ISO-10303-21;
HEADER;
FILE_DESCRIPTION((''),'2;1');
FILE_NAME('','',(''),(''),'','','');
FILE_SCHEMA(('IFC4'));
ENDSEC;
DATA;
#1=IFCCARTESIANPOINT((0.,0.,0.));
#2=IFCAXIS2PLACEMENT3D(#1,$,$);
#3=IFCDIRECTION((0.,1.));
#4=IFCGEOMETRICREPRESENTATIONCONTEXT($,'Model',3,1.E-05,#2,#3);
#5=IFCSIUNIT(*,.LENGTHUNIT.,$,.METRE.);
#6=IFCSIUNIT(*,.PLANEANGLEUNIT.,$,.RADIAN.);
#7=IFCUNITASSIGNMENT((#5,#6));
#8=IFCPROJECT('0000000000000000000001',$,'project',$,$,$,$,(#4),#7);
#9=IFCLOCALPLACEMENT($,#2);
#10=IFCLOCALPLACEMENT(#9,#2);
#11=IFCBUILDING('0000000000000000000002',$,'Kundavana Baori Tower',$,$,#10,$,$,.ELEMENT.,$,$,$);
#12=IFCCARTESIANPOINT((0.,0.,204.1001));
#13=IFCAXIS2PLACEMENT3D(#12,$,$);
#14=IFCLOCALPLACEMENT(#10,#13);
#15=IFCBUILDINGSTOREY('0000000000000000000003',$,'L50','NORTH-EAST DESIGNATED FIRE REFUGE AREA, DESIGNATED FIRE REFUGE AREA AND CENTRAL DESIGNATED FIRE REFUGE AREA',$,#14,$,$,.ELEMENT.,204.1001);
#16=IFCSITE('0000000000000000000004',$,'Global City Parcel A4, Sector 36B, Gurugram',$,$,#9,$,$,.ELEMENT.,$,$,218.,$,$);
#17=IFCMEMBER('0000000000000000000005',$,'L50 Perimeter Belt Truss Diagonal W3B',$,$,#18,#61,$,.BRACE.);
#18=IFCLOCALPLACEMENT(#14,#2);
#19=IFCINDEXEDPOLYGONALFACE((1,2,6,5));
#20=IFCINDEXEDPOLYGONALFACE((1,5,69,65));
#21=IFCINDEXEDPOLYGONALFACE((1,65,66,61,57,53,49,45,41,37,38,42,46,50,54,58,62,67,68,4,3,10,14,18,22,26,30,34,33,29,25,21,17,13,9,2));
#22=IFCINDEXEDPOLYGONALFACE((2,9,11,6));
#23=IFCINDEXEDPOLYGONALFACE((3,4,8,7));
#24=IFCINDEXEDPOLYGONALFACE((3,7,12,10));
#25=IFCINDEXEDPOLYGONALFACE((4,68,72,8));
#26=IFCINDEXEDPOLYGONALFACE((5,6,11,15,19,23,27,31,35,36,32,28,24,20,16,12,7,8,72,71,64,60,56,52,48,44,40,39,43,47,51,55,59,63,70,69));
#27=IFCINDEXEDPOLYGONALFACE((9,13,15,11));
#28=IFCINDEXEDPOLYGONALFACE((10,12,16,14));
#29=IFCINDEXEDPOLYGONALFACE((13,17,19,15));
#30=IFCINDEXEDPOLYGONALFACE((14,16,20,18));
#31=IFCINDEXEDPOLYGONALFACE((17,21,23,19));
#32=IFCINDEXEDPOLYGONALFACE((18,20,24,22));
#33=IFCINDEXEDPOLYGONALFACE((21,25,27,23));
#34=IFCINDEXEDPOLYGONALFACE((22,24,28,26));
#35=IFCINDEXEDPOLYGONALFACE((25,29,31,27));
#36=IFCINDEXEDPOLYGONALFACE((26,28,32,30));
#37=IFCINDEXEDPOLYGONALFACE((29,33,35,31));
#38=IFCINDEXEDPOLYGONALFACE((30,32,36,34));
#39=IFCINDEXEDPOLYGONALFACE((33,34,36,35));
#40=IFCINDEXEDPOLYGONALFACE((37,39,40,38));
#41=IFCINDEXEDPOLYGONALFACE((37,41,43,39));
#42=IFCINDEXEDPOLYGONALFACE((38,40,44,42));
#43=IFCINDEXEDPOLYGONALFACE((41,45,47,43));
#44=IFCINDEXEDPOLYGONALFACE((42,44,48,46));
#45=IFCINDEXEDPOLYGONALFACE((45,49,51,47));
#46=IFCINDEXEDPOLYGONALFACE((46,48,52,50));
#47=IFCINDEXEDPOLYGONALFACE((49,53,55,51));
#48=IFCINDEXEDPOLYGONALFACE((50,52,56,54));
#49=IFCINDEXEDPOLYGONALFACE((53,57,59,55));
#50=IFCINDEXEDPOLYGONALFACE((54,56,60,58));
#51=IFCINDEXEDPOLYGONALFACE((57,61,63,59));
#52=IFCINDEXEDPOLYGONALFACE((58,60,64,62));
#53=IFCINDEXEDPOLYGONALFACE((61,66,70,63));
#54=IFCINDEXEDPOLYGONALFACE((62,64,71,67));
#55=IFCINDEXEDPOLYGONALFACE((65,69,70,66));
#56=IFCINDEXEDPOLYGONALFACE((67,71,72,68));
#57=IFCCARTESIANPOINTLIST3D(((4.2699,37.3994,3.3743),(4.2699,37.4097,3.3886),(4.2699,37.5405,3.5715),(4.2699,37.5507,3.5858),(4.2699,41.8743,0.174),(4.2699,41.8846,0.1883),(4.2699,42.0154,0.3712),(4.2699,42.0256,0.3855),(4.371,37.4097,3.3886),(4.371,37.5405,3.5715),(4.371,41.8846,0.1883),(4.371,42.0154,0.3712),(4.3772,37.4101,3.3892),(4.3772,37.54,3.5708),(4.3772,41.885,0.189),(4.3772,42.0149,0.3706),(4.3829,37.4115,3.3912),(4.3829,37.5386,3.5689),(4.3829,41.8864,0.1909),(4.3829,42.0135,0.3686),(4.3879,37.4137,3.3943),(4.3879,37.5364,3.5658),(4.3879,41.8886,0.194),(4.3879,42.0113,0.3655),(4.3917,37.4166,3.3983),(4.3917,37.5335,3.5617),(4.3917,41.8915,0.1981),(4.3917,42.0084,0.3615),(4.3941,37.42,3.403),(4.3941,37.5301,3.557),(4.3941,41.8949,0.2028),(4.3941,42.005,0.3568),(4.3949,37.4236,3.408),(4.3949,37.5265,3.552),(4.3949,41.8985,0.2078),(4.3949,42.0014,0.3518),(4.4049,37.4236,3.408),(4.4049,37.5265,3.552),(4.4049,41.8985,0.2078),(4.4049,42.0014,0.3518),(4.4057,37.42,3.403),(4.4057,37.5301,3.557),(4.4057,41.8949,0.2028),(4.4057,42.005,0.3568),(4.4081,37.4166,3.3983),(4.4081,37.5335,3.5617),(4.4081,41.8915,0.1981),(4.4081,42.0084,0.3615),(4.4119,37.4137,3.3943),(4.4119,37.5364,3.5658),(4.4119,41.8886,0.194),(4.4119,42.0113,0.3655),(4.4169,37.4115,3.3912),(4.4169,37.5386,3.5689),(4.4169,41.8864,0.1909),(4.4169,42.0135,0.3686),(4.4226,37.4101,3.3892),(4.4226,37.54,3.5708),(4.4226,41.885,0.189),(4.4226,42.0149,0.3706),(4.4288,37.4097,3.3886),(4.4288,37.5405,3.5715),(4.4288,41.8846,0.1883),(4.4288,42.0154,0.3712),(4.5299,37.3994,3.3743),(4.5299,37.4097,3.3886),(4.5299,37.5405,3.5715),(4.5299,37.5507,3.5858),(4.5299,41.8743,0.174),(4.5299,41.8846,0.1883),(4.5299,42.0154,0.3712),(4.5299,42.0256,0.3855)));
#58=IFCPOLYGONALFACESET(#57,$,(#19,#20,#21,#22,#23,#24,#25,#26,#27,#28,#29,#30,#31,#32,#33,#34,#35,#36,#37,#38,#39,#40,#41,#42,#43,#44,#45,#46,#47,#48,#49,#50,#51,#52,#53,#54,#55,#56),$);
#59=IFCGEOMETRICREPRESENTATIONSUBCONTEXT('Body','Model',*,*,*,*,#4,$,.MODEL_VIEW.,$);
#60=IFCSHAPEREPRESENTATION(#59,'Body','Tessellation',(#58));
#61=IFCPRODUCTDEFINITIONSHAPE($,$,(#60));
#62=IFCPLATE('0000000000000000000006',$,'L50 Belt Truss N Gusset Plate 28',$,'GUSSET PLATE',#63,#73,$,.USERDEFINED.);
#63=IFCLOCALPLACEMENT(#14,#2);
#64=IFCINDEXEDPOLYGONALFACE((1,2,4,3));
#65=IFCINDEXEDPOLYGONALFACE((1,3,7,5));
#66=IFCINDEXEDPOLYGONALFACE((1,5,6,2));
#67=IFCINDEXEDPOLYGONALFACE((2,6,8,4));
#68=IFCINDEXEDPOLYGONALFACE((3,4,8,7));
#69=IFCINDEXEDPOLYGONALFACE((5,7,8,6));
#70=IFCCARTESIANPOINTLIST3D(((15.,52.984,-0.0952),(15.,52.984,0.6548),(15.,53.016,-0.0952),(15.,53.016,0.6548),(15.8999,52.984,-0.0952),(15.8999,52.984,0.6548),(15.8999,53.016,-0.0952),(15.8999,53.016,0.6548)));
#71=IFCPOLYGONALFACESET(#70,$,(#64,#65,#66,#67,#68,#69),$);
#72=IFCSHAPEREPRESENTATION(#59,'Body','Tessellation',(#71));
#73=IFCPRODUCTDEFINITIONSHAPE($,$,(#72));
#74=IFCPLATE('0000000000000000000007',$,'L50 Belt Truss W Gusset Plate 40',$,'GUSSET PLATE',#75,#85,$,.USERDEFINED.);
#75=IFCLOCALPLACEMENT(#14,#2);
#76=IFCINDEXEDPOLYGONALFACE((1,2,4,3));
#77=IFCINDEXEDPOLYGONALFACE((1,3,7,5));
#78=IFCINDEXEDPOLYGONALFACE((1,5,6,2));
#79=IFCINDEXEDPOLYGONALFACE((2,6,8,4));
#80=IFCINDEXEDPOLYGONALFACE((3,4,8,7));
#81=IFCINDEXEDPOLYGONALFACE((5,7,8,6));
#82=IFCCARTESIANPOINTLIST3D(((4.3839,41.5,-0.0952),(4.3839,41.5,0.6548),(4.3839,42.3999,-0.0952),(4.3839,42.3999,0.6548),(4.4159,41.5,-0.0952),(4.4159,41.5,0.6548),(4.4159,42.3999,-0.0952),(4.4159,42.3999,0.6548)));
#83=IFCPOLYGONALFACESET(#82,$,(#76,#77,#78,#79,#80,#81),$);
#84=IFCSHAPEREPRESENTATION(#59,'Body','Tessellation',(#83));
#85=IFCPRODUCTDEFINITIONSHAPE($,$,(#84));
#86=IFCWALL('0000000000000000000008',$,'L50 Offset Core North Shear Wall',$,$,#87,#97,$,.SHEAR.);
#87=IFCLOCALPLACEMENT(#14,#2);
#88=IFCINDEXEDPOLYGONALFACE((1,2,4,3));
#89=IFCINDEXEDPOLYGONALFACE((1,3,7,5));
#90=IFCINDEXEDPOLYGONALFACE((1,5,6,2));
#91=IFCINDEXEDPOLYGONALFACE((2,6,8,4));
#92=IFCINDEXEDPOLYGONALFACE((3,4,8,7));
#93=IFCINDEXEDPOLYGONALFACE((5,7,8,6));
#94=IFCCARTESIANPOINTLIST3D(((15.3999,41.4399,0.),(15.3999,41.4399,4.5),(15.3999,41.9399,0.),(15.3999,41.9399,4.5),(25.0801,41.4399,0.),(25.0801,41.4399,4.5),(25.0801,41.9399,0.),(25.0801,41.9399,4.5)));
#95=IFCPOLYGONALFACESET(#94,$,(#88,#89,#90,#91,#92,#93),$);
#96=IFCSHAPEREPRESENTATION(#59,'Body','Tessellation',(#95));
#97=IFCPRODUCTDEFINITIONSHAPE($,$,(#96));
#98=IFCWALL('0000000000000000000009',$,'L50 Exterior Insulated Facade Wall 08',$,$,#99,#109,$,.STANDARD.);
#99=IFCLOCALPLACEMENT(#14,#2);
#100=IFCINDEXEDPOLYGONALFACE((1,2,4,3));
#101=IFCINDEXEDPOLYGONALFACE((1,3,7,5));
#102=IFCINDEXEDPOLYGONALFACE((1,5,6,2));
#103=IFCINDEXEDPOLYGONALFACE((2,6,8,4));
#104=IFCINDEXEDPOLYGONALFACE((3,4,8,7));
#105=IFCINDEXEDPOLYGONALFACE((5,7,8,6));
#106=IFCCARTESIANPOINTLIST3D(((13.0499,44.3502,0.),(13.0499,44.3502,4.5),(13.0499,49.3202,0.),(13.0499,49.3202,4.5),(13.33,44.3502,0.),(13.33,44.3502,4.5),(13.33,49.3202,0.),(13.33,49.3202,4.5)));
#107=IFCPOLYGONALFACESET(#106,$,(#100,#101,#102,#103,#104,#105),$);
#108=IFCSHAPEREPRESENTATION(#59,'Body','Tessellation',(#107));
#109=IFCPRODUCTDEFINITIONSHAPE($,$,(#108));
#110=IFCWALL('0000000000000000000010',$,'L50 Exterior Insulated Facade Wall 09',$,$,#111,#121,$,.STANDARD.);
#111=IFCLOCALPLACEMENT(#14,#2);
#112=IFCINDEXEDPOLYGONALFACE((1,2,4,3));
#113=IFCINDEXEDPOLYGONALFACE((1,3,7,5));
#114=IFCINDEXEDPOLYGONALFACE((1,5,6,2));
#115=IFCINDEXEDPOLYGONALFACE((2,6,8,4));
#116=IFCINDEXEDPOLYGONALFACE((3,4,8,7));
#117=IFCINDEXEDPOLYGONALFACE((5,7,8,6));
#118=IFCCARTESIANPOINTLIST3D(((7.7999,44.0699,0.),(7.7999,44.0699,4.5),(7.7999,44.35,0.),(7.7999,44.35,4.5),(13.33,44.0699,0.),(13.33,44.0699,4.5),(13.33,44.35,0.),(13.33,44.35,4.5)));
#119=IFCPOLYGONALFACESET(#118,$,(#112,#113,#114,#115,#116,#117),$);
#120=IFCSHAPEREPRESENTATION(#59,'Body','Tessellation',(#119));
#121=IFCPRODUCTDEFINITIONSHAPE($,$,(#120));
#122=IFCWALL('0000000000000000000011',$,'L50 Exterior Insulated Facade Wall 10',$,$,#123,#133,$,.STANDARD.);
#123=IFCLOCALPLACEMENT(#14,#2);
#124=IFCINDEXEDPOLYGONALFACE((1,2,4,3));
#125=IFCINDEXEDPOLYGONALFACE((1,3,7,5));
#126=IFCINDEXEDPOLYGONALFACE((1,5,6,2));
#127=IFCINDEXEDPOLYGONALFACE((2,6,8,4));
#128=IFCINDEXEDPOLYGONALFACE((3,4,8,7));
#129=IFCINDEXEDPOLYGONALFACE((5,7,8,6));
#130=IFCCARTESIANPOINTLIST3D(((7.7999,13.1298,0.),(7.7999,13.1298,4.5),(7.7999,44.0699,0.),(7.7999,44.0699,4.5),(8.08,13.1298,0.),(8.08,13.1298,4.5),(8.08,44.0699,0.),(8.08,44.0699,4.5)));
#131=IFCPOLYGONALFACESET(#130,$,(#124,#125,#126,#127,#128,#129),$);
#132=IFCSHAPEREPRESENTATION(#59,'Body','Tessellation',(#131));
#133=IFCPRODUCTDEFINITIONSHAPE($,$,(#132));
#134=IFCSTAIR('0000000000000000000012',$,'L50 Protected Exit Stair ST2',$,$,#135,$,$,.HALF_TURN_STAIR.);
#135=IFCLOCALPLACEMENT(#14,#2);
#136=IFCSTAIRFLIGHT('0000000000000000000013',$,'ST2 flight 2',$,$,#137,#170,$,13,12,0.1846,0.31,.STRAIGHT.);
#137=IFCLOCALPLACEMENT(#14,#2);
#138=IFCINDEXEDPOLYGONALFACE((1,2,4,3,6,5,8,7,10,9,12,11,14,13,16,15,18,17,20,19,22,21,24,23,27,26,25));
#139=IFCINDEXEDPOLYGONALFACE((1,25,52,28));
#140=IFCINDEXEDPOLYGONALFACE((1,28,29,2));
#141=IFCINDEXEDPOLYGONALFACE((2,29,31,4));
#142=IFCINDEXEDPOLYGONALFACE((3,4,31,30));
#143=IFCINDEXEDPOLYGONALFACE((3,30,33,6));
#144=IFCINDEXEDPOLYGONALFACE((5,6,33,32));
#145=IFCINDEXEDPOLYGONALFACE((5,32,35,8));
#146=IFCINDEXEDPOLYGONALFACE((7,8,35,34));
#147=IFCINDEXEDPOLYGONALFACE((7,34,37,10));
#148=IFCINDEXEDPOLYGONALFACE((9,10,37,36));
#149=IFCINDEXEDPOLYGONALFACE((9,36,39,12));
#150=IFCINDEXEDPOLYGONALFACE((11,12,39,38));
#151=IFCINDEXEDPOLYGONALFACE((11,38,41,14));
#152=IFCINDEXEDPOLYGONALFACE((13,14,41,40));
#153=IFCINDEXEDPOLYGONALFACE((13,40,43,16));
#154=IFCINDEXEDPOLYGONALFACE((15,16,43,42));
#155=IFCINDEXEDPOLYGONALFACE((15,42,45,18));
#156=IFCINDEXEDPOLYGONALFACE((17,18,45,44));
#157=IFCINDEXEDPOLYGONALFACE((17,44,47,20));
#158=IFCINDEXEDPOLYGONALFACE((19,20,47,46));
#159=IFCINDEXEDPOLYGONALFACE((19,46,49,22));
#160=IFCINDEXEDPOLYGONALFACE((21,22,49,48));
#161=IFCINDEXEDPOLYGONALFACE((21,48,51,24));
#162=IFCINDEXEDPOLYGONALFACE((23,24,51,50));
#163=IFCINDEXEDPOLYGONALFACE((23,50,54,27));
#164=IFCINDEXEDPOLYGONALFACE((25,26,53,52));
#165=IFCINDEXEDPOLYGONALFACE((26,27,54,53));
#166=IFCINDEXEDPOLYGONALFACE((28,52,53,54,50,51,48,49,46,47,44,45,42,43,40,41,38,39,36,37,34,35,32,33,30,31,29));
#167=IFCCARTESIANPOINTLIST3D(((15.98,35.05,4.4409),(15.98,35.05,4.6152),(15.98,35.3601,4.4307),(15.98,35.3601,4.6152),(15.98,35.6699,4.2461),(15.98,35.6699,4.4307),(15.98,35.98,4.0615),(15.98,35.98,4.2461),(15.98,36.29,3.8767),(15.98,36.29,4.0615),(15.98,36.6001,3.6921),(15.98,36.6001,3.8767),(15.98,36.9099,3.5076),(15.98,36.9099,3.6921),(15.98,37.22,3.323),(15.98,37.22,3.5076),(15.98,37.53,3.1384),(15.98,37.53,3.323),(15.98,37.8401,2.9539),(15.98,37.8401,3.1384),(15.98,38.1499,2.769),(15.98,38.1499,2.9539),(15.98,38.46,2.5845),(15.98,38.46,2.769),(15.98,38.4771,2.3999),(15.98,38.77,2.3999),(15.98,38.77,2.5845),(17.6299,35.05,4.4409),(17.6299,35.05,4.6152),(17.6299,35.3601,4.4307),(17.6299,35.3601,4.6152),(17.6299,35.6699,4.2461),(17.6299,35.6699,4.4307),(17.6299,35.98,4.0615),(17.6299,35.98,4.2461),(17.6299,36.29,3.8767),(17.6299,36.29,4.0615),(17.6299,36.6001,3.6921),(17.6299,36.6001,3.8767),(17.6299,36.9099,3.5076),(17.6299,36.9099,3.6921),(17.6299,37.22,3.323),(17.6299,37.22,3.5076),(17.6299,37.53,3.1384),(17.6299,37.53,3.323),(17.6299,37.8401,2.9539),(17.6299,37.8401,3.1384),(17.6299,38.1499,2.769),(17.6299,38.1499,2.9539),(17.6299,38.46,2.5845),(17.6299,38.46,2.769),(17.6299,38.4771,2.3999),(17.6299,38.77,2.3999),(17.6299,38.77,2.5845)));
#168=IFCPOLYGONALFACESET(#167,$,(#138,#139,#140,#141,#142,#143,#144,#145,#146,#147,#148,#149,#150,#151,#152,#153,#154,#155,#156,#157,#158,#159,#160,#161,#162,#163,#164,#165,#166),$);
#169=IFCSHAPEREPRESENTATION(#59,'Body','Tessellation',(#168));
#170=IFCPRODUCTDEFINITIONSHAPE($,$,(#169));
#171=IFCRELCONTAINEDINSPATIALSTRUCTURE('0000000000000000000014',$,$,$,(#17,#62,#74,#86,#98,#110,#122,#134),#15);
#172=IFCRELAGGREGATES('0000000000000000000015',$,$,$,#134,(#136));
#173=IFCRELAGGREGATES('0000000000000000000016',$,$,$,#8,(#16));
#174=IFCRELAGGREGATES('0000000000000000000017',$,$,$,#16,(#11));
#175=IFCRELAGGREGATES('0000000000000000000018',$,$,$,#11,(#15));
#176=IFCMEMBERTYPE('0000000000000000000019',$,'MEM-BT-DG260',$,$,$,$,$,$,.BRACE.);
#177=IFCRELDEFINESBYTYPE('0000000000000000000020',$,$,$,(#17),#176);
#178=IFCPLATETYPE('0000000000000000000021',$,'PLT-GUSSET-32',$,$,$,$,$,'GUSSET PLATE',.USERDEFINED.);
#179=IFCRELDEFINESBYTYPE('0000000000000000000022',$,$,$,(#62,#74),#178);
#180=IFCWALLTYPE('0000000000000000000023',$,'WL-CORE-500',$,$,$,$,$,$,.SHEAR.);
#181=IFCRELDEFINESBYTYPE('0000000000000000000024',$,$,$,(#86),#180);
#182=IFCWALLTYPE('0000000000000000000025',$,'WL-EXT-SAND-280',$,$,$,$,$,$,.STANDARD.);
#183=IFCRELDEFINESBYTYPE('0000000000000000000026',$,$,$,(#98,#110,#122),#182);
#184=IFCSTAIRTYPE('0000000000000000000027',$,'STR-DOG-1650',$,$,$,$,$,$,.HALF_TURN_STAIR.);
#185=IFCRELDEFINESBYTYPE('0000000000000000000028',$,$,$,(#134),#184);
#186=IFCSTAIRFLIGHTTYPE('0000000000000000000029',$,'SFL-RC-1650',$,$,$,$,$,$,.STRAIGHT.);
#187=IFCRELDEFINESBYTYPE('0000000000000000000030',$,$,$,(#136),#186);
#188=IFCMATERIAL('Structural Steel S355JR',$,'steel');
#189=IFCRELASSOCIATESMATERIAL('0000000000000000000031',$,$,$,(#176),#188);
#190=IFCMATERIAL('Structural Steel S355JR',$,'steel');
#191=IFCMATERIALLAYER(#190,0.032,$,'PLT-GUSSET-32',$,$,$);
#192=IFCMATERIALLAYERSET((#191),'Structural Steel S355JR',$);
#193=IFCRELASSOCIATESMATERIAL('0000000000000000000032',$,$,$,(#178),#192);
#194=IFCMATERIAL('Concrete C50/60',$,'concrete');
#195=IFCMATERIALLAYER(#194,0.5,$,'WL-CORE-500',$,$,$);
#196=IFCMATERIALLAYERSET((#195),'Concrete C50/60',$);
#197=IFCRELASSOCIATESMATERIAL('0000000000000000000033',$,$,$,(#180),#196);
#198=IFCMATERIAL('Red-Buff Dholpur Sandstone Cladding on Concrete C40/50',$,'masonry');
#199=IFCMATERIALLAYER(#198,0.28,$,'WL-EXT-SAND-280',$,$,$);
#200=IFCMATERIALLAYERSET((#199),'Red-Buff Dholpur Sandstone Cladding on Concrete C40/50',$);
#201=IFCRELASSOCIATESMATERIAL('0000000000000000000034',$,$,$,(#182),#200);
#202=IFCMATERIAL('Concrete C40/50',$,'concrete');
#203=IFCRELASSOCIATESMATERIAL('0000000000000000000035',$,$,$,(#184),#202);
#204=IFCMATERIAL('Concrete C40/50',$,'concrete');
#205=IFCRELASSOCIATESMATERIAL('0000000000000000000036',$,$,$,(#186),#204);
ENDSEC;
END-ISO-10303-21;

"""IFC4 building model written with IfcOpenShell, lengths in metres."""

from ifc_helpers import new_model, si_unit, direction, frame, frame_2d, origin, origin_2d, place, context, subcontext, project, spatial, polyline, rectangle, i_section, outline, extrude, material, layer, layer_set, material_profile, profile_set, type_object, element, aggregate, save


model = new_model("IFC4")

# Units and contexts
model_context = context("Model", 3, precision=1e-05, world=origin(), true_north=direction((0.0, 1.0)))
body_context = subcontext(model_context, "Body", "Model", "MODEL_VIEW")
ifc_project = project(units=[si_unit("LENGTHUNIT", "METRE"), si_unit("PLANEANGLEUNIT", "RADIAN")], contexts=[model_context])

# Site, building, storey
site_placement = place(None, origin())
site = spatial("IfcSite", under=ifc_project, at=site_placement, Name="Global City Parcel A4, Sector 36B, Gurugram", CompositionType="ELEMENT", RefElevation=218.0)
building_placement = place(site_placement, origin())
building = spatial("IfcBuilding", under=site, at=building_placement, Name="Kundavana Baori Tower", CompositionType="ELEMENT")
storey_placement = place(building_placement, frame((0.0, 0.0, 204.1001)))
storey = spatial("IfcBuildingStorey", under=building, at=storey_placement, Name="L50", Description="NORTH-EAST DESIGNATED FIRE REFUGE AREA, DESIGNATED FIRE REFUGE AREA AND CENTRAL DESIGNATED FIRE REFUGE AREA", CompositionType="ELEMENT", Elevation=204.1001)

# Member
ifc_material_1 = material(Name="Structural Steel S355JR", Category="steel")
ifc_material_profile_1 = material_profile(ifc_material_1, i_section(OverallWidth=0.26, OverallDepth=0.26, WebThickness=0.01, FlangeThickness=0.0176, FilletRadius=0.0239, at=origin_2d()), Name="WPB 260x260x93")
ifc_profile_set_1 = profile_set([ifc_material_profile_1], Name="Structural Steel S355JR")
member_type_1 = type_object("IfcMemberType", Name="MEM-BT-DG260", PredefinedType="BRACE", material=ifc_profile_set_1)
member_1_placement = place(storey_placement, frame((4.3999, 41.95, 0.2798), z_axis=(0.0, -0.813401, 0.581704), x_axis=(1.0, 0.0, 0.0)))
element("IfcMember", 1, at=member_1_placement, inside=storey, type_object=member_type_1, Name="L50 Perimeter Belt Truss Diagonal W3B", PredefinedType="BRACE", context=body_context, shape_type="SweptSolid", body=[
    extrude(i_section(OverallWidth=0.26, OverallDepth=0.26, WebThickness=0.01, FlangeThickness=0.0176, FilletRadius=0.0239, at=origin_2d()), origin(), (0.0, 0.0, 1.0), 5.5015),
])

# Plates
ifc_material_2 = material(Name="Structural Steel S355JR", Category="steel")
ifc_layer_1 = layer(ifc_material_2, 0.032, Name="PLT-GUSSET-32")
ifc_layer_set_1 = layer_set([ifc_layer_1], Name="Structural Steel S355JR")
plate_type = type_object("IfcPlateType", Name="PLT-GUSSET-32", ElementType="GUSSET PLATE", PredefinedType="USERDEFINED", material=ifc_layer_set_1)
plate_1_placement = place(storey_placement, frame((15.45, 53.0, -0.0952), z_axis=(0.0, 0.0, 1.0), x_axis=(1.0, 0.0, 0.0)))
element("IfcPlate", 2, at=plate_1_placement, inside=storey, type_object=plate_type, Name="L50 Belt Truss N Gusset Plate 28", ObjectType="GUSSET PLATE", PredefinedType="USERDEFINED", context=body_context, shape_type="SweptSolid", body=[
    extrude(rectangle(XDim=0.8999, YDim=0.032, at=origin_2d()), origin(), (0.0, 0.0, 1.0), 0.75),
])
plate_2_placement = place(storey_placement, frame((4.3999, 41.95, -0.0952), z_axis=(0.0, 0.0, 1.0), x_axis=(1.0, 0.0, 0.0)))
element("IfcPlate", 3, at=plate_2_placement, inside=storey, type_object=plate_type, Name="L50 Belt Truss W Gusset Plate 40", ObjectType="GUSSET PLATE", PredefinedType="USERDEFINED", context=body_context, shape_type="SweptSolid", body=[
    extrude(rectangle(XDim=0.032, YDim=0.8999, at=origin_2d()), origin(), (0.0, 0.0, 1.0), 0.75),
])

# Walls
ifc_material_3 = material(Name="Concrete C50/60", Category="concrete")
ifc_layer_2 = layer(ifc_material_3, 0.5, Name="WL-CORE-500")
ifc_layer_set_2 = layer_set([ifc_layer_2], Name="Concrete C50/60")
wall_type_1 = type_object("IfcWallType", Name="WL-CORE-500", PredefinedType="SHEAR", material=ifc_layer_set_2)
wall_1_placement = place(storey_placement, frame((15.3999, 41.6899, 0.0), z_axis=(0.0, 0.0, 1.0), x_axis=(1.0, 0.0, 0.0)))
element("IfcWall", 4, at=wall_1_placement, inside=storey, type_object=wall_type_1, Name="L50 Offset Core North Shear Wall", PredefinedType="SHEAR", context=body_context, shape_type="SweptSolid", body=[
    extrude(rectangle(XDim=9.6802, YDim=0.5, at=frame_2d((4.8401, 0.0))), origin(), (0.0, 0.0, 1.0), 4.5),
])
ifc_material_4 = material(Name="Red-Buff Dholpur Sandstone Cladding on Concrete C40/50", Category="masonry")
ifc_layer_3 = layer(ifc_material_4, 0.28, Name="WL-EXT-SAND-280")
ifc_layer_set_3 = layer_set([ifc_layer_3], Name="Red-Buff Dholpur Sandstone Cladding on Concrete C40/50")
wall_type_2 = type_object("IfcWallType", Name="WL-EXT-SAND-280", PredefinedType="STANDARD", material=ifc_layer_set_3)
wall_2_placement = place(storey_placement, frame((13.1899, 49.3201, 0.0), z_axis=(0.0, 0.0, 1.0), x_axis=(0.0, -1.0, 0.0)))
element("IfcWall", 5, at=wall_2_placement, inside=storey, type_object=wall_type_2, Name="L50 Exterior Insulated Facade Wall 08", PredefinedType="STANDARD", context=body_context, shape_type="SweptSolid", body=[
    extrude(rectangle(XDim=4.97, YDim=0.28, at=frame_2d((2.4849, 0.0))), origin(), (0.0, 0.0, 1.0), 4.5),
])
wall_3_placement = place(storey_placement, frame((13.3301, 44.21, 0.0), z_axis=(0.0, 0.0, 1.0), x_axis=(-1.0, 0.0, 0.0)))
element("IfcWall", 6, at=wall_3_placement, inside=storey, type_object=wall_type_2, Name="L50 Exterior Insulated Facade Wall 09", PredefinedType="STANDARD", context=body_context, shape_type="SweptSolid", body=[
    extrude(rectangle(XDim=5.53, YDim=0.28, at=frame_2d((2.7651, 0.0))), origin(), (0.0, 0.0, 1.0), 4.5),
])
wall_4_placement = place(storey_placement, frame((7.9399, 44.0701, 0.0), z_axis=(0.0, 0.0, 1.0), x_axis=(0.0, -1.0, 0.0)))
element("IfcWall", 7, at=wall_4_placement, inside=storey, type_object=wall_type_2, Name="L50 Exterior Insulated Facade Wall 10", PredefinedType="STANDARD", context=body_context, shape_type="SweptSolid", body=[
    extrude(rectangle(XDim=30.9402, YDim=0.28, at=frame_2d((15.4702, 0.0))), origin(), (0.0, 0.0, 1.0), 4.5),
])

# Stair, stair flight
ifc_material_5 = material(Name="Concrete C40/50", Category="concrete")
stair_type = type_object("IfcStairType", Name="STR-DOG-1650", PredefinedType="HALF_TURN_STAIR", material=ifc_material_5)
stair_placement = place(storey_placement, origin())
stair = element("IfcStair", 8, at=stair_placement, inside=storey, type_object=stair_type, Name="L50 Protected Exit Stair ST2", PredefinedType="HALF_TURN_STAIR")
ifc_material_6 = material(Name="Concrete C40/50", Category="concrete")
stair_flight_type = type_object("IfcStairFlightType", Name="SFL-RC-1650", PredefinedType="STRAIGHT", material=ifc_material_6)
stair_flight_placement = place(storey_placement, frame((16.8049, 38.77, 2.3999), z_axis=(0.0, 0.0, 1.0), x_axis=(0.0, -1.0, 0.0)))
stair_flight = element("IfcStairFlight", 9, at=stair_flight_placement, type_object=stair_flight_type, Name="ST2 flight 2", NumberOfRisers=13, NumberOfTreads=12, PredefinedType="STRAIGHT", RiserHeight=0.1846, TreadLength=0.31, context=body_context, shape_type="SweptSolid", body=[
    extrude(outline(polyline([(0.0, 0.0), (0.0, 0.1846), (0.3101, 0.1846), (0.3101, 0.3691), (0.6201, 0.3691), (0.6201, 0.554), (0.9299, 0.554), (0.9299, 0.7385), (1.24, 0.7385), (1.24, 0.9231), (1.55, 0.9231), (1.55, 1.1077), (1.8601, 1.1077), (1.8601, 1.2922), (2.1699, 1.2922), (2.1699, 1.4768), (2.48, 1.4768), (2.48, 1.6616), (2.79, 1.6616), (2.79, 1.8462), (3.1001, 1.8462), (3.1001, 2.0308), (3.4099, 2.0308), (3.4099, 2.2153), (3.72, 2.2153), (3.72, 2.3999), (3.72, 2.041), (0.293, 0.0), (0.0, 0.0)])), frame((0.0, 0.825, 0.0), z_axis=(0.0, -1.0, 0.0), x_axis=(1.0, 0.0, 0.0)), (0.0, 0.0, 1.0), 1.6499),
])
aggregate(stair, [stair_flight])

save(model, "model.ifc")
